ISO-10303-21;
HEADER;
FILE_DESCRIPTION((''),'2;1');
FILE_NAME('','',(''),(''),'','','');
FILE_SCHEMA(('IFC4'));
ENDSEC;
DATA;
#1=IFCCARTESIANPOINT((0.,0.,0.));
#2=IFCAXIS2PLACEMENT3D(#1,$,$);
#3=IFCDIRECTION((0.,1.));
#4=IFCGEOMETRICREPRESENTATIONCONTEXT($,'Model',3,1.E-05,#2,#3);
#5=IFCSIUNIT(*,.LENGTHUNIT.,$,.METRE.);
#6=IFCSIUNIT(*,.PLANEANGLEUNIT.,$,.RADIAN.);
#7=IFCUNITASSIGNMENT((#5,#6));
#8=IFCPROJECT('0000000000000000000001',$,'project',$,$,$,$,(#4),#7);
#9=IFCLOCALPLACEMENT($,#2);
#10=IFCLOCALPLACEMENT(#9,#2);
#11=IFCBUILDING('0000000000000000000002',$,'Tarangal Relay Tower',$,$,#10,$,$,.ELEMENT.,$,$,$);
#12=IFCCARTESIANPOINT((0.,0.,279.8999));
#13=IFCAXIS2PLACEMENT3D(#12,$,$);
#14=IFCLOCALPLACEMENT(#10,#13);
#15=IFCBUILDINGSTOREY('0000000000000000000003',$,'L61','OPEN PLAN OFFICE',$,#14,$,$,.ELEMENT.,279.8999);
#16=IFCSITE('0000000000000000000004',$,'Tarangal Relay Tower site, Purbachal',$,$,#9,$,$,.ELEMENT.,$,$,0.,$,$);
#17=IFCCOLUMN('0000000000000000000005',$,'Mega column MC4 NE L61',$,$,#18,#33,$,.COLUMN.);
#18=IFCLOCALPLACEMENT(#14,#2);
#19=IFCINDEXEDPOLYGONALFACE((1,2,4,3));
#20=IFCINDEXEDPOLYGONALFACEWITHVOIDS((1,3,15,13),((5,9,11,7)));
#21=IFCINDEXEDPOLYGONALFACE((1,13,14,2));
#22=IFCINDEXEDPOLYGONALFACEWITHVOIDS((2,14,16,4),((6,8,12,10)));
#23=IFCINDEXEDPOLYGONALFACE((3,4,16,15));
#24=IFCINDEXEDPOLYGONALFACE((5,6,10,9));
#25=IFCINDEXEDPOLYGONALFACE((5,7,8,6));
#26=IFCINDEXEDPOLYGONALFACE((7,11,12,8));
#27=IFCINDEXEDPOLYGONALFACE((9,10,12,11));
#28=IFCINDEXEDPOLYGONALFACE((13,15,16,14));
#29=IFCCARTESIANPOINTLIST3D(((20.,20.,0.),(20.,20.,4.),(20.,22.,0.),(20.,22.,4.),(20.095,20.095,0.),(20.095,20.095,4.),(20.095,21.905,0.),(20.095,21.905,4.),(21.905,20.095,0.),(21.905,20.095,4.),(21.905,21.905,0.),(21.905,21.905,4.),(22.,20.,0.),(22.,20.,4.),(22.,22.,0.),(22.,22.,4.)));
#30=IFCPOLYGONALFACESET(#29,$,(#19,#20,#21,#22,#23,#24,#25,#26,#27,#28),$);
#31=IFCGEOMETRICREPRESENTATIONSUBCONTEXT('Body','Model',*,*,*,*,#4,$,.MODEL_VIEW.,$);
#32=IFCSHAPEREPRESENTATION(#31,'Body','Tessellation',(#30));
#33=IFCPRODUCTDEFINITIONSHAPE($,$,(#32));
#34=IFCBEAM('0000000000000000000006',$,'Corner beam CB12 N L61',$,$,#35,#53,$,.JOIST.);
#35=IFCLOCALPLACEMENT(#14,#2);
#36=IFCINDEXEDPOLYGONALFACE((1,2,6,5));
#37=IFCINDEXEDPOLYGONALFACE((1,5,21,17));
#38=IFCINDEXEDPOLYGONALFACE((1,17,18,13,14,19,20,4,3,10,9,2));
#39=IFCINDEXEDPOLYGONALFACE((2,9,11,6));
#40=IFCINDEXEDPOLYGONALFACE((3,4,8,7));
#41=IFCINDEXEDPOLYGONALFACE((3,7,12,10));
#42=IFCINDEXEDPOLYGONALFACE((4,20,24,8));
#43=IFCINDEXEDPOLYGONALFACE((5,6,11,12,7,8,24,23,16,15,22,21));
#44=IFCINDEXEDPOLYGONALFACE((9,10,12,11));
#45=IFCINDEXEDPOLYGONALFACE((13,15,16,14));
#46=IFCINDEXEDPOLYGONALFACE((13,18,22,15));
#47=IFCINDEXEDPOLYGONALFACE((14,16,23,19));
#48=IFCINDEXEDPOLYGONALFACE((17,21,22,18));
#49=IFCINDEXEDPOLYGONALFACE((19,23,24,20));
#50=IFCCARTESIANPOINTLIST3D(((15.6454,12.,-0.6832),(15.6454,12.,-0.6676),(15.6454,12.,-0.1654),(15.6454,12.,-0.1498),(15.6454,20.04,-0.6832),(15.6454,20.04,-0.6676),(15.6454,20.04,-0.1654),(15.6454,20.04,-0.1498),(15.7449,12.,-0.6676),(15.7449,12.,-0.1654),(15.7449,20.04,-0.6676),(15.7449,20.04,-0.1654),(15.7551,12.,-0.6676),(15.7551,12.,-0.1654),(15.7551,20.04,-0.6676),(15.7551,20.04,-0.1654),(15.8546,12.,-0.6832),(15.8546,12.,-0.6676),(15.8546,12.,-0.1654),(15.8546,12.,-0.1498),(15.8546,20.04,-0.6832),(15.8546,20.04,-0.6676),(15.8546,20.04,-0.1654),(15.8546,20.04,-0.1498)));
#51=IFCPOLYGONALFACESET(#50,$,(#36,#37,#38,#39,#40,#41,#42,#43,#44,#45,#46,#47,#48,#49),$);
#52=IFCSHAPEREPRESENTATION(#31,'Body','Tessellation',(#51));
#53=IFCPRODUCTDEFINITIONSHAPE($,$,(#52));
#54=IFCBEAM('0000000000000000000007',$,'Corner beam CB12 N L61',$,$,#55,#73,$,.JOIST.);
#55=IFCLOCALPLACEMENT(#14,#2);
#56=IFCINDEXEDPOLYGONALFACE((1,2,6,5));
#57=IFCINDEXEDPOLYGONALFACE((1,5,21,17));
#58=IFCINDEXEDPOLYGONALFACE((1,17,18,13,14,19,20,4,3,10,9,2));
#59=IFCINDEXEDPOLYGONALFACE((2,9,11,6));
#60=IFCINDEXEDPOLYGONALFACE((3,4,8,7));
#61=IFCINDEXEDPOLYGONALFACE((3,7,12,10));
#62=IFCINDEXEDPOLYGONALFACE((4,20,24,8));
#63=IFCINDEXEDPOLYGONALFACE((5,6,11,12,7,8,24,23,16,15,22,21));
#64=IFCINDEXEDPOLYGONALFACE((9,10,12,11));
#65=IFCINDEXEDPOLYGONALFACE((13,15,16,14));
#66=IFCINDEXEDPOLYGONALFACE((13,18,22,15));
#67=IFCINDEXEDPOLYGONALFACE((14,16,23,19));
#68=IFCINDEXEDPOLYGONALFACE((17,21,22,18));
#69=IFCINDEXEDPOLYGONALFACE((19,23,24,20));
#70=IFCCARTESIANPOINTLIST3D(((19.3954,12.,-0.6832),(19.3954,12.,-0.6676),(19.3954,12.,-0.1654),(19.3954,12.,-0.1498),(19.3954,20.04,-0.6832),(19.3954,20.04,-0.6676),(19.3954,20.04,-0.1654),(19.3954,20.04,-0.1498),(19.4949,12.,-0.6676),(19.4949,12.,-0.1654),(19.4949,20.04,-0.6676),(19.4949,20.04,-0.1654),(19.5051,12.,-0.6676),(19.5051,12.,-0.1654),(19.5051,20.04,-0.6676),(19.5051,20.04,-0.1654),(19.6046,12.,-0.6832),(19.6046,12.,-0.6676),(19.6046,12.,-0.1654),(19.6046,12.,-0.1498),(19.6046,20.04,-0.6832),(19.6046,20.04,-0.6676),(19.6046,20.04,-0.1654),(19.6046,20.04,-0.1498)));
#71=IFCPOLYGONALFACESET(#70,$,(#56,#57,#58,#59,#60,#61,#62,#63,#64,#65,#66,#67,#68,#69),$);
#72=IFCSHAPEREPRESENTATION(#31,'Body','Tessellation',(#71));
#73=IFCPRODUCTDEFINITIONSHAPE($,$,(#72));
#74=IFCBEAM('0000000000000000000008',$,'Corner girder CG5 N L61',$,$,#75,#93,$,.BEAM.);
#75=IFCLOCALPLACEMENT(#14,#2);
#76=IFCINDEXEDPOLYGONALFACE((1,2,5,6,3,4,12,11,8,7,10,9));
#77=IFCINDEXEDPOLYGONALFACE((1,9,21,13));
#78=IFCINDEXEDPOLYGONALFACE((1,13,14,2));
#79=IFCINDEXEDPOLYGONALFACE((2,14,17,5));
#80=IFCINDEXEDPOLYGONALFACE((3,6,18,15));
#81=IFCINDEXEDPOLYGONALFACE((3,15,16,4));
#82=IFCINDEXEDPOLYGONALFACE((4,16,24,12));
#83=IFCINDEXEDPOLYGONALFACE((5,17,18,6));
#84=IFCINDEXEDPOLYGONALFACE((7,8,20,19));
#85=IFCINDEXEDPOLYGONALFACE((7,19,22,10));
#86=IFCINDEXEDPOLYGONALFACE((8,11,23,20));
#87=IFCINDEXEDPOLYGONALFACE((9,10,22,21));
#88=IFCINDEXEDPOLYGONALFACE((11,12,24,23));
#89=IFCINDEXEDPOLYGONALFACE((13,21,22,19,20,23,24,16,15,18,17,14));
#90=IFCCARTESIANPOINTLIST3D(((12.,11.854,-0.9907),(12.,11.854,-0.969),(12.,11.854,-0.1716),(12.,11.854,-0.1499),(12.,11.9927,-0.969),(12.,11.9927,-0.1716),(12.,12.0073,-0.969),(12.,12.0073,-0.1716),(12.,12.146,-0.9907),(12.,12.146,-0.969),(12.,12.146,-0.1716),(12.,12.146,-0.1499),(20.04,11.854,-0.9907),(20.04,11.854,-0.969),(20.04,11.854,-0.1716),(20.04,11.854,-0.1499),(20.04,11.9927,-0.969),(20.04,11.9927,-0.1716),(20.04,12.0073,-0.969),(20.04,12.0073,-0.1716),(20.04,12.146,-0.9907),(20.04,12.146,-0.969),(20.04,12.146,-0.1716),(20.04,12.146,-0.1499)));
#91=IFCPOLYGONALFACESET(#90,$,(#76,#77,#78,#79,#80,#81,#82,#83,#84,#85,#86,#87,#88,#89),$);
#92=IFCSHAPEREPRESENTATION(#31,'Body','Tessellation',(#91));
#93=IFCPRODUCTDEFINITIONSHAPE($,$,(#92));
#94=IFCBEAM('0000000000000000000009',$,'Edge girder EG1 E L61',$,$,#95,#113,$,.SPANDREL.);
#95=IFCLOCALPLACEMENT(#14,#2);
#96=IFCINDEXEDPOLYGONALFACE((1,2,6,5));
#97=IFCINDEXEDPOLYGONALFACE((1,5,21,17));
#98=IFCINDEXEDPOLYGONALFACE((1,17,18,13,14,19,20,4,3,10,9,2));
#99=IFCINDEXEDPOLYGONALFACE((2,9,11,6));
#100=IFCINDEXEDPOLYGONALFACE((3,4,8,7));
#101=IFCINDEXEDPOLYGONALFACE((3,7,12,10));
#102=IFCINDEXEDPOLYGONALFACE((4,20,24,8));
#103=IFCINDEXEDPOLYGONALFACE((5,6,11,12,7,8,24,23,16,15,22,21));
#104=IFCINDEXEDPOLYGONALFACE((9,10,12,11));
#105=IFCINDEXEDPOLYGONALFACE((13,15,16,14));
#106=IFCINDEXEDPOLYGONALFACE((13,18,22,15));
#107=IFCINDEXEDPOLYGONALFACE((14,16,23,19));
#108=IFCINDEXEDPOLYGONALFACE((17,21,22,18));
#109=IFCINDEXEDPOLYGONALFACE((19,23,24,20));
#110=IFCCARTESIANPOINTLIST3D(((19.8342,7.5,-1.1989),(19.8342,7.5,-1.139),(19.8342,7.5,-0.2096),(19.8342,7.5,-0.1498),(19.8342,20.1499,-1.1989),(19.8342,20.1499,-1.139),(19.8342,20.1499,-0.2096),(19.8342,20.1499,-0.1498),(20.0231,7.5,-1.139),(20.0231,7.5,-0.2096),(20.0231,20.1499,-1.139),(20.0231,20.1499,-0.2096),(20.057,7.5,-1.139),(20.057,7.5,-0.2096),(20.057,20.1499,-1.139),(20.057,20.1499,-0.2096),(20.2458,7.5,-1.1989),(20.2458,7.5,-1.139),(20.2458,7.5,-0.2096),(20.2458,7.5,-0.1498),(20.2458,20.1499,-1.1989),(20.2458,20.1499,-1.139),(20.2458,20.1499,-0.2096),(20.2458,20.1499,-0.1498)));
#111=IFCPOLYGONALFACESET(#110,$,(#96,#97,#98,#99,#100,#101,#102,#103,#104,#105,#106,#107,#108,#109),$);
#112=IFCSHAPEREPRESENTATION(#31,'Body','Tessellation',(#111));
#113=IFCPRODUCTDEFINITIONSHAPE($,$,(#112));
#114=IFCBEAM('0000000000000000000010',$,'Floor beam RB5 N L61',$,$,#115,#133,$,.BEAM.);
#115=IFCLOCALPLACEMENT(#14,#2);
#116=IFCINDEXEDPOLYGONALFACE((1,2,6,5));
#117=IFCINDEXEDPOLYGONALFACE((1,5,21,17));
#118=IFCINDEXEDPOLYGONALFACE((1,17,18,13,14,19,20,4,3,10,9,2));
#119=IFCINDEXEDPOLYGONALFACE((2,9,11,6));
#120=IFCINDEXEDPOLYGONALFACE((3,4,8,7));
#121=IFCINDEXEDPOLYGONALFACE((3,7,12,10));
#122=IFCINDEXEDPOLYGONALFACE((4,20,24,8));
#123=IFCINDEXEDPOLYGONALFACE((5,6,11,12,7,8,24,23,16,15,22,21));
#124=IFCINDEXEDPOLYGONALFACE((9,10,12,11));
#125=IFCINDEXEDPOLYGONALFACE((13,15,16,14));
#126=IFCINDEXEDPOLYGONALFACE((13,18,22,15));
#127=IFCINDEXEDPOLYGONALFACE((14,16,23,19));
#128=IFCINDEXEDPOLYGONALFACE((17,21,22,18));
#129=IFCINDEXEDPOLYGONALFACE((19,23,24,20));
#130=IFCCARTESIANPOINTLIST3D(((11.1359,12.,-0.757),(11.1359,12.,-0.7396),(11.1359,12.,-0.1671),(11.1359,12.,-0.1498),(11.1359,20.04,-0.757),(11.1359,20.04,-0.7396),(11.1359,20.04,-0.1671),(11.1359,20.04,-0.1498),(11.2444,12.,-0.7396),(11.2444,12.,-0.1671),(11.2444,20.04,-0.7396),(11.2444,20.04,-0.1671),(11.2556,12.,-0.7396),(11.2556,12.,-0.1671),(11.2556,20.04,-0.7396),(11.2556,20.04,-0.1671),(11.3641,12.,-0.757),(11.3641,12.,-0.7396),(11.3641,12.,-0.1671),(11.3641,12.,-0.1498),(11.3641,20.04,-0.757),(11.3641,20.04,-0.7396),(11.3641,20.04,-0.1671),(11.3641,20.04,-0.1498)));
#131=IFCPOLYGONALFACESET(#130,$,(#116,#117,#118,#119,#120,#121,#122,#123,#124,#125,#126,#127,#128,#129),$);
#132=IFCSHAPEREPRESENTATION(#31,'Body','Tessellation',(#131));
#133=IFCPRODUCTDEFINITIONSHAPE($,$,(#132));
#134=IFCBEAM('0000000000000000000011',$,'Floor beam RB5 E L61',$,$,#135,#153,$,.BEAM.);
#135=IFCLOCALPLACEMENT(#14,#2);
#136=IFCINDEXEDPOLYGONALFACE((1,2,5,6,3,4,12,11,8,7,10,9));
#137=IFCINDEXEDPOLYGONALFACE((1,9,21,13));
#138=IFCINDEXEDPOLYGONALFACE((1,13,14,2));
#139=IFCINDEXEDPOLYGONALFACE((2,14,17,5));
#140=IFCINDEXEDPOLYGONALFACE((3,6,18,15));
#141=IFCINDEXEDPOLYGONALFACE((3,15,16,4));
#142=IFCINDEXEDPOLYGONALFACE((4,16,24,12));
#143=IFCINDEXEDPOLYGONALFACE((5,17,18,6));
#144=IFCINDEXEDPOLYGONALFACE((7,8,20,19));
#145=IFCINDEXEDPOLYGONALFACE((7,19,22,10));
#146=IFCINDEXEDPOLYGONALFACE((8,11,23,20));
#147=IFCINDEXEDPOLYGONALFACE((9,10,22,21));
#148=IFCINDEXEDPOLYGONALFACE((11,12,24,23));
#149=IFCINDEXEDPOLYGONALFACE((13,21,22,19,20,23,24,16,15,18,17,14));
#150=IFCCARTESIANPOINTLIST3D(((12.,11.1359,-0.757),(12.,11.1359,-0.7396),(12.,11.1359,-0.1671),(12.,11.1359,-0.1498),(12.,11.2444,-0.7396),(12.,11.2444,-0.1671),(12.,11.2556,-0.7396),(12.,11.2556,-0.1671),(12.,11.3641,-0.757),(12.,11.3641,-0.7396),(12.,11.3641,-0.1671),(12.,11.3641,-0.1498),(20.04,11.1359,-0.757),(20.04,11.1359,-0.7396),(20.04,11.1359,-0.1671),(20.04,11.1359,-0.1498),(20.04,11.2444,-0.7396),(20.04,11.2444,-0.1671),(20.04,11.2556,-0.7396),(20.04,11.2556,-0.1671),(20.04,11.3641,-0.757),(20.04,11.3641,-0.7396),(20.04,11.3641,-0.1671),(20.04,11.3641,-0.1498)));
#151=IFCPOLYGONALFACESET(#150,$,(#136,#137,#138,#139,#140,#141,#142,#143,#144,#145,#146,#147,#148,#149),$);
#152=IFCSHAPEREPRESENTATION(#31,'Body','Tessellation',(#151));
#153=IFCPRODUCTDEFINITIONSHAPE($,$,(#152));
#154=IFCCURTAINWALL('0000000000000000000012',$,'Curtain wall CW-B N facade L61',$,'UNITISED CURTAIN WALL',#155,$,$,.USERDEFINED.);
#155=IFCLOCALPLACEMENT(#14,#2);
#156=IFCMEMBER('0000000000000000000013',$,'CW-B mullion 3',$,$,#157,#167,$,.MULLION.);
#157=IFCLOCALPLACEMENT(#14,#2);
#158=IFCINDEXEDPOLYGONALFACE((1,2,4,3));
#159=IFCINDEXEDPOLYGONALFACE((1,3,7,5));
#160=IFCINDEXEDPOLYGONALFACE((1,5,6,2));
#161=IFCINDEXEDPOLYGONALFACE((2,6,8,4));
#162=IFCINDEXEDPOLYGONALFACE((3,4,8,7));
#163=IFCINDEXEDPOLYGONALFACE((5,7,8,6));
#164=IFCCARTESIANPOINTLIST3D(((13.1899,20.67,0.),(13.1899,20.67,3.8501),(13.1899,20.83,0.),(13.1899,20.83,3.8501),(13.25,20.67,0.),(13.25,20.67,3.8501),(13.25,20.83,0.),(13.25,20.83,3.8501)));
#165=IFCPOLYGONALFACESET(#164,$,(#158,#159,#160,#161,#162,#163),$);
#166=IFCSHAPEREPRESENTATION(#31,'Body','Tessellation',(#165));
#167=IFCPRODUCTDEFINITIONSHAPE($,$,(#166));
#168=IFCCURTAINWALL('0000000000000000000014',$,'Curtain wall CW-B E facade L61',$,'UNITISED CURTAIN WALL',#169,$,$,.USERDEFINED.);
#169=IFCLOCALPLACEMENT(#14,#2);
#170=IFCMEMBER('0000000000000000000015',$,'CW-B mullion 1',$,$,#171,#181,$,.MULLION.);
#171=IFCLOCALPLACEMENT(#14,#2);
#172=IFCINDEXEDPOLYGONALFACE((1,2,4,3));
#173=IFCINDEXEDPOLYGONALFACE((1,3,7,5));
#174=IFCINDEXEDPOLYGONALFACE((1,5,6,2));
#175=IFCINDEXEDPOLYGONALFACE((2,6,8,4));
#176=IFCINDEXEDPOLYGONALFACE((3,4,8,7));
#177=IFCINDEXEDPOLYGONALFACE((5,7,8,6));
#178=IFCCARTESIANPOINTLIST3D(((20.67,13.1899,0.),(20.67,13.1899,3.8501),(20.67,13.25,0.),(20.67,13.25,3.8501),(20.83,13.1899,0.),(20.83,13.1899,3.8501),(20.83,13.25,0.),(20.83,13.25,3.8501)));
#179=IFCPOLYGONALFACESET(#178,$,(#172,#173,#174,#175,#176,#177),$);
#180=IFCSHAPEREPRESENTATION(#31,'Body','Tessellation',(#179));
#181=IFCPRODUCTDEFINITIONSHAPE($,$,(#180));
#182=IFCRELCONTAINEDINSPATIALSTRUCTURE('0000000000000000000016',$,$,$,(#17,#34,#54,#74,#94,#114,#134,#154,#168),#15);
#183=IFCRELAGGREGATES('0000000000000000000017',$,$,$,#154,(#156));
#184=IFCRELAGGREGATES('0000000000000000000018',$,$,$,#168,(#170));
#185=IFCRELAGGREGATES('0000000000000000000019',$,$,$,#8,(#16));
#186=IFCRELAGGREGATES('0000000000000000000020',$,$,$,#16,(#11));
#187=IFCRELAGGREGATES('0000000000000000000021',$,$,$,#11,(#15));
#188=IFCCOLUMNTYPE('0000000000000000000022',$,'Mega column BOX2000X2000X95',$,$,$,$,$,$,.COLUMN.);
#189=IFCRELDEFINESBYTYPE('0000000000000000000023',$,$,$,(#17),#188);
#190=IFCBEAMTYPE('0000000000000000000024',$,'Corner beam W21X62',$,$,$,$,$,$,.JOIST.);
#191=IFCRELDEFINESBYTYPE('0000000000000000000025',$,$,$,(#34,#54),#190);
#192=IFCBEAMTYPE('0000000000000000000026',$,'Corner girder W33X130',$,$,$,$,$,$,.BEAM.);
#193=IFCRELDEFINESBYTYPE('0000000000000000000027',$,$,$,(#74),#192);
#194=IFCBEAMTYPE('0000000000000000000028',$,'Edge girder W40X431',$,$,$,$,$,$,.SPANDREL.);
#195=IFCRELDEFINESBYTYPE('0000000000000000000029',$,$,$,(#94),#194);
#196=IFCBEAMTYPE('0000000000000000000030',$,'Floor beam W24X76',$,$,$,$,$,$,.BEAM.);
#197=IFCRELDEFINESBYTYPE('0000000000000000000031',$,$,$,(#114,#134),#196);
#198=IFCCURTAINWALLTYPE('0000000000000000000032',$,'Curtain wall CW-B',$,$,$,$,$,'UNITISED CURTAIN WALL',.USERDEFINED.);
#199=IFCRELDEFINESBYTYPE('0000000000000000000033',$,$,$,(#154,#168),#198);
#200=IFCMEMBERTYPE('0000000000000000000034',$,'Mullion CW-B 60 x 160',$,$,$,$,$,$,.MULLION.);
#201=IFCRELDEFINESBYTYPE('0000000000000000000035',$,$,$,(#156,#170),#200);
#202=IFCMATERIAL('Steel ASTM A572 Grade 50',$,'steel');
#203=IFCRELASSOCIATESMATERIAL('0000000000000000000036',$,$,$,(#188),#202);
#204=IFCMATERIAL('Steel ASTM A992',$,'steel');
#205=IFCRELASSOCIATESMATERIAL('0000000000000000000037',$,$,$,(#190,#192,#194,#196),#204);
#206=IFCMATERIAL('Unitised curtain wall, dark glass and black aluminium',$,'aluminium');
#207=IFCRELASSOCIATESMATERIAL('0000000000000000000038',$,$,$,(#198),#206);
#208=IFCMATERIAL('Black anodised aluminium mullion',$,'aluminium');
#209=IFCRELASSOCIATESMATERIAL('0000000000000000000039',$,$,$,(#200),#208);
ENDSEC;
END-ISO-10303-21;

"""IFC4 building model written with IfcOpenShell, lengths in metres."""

from ifc_helpers import new_model, si_unit, direction, frame, origin, origin_2d, place, context, subcontext, project, spatial, rectangle, hollow_rectangle, i_section, extrude, material, material_profile, profile_set, type_object, element, aggregate, save


model = new_model("IFC4")

# Units and contexts
model_context = context("Model", 3, precision=1e-05, world=origin(), true_north=direction((0.0, 1.0)))
body_context = subcontext(model_context, "Body", "Model", "MODEL_VIEW")
ifc_project = project(units=[si_unit("LENGTHUNIT", "METRE"), si_unit("PLANEANGLEUNIT", "RADIAN")], contexts=[model_context])

# Site, building, storey
site_placement = place(None, origin())
site = spatial("IfcSite", under=ifc_project, at=site_placement, Name="Tarangal Relay Tower site, Purbachal", CompositionType="ELEMENT", RefElevation=0.0)
building_placement = place(site_placement, origin())
building = spatial("IfcBuilding", under=site, at=building_placement, Name="Tarangal Relay Tower", CompositionType="ELEMENT")
storey_placement = place(building_placement, frame((0.0, 0.0, 279.8999)))
storey = spatial("IfcBuildingStorey", under=building, at=storey_placement, Name="L61", Description="OPEN PLAN OFFICE", CompositionType="ELEMENT", Elevation=279.8999)

# Column
ifc_material_1 = material(Name="Steel ASTM A572 Grade 50", Category="steel")
ifc_material_profile_1 = material_profile(ifc_material_1, hollow_rectangle(XDim=2.0, YDim=2.0, WallThickness=0.095, at=origin_2d()), Name="BOX2000X2000X95")
ifc_profile_set_1 = profile_set([ifc_material_profile_1], Name="Steel ASTM A572 Grade 50")
column_type = type_object("IfcColumnType", Name="Mega column BOX2000X2000X95", PredefinedType="COLUMN", material=ifc_profile_set_1)
column_placement = place(storey_placement, frame((21.0, 21.0, 0.0), z_axis=(0.0, 0.0, 1.0), x_axis=(1.0, 0.0, 0.0)))
element("IfcColumn", 1, at=column_placement, inside=storey, type_object=column_type, Name="Mega column MC4 NE L61", PredefinedType="COLUMN", context=body_context, shape_type="SweptSolid", body=[
    extrude(hollow_rectangle(XDim=2.0, YDim=2.0, WallThickness=0.095, at=origin_2d()), origin(), (0.0, 0.0, 1.0), 4.0),
])

# Beams
ifc_material_2 = material(Name="Steel ASTM A992", Category="steel")
ifc_material_profile_2 = material_profile(ifc_material_2, i_section(OverallWidth=0.2092, OverallDepth=0.5334, WebThickness=0.0103, FlangeThickness=0.0156, at=origin_2d()), Name="W21X62")
ifc_profile_set_2 = profile_set([ifc_material_profile_2], Name="Steel ASTM A992")
beam_type_1 = type_object("IfcBeamType", Name="Corner beam W21X62", PredefinedType="JOIST", material=ifc_profile_set_2)
for number, where, z_axis, x_axis, name in (
    (2, (15.75, 12.0, -0.4165), (0.0, 1.0, 0.0), (-1.0, 0.0, 0.0), "Corner beam CB12 N L61"),
    (3, (19.5, 12.0, -0.4165), (0.0, 1.0, 0.0), (-1.0, 0.0, 0.0), "Corner beam CB12 N L61"),
):
    element("IfcBeam", number, at=place(storey_placement, frame(where, z_axis=z_axis, x_axis=x_axis)), inside=storey, type_object=beam_type_1, Name=name, PredefinedType="JOIST", context=body_context, shape_type="SweptSolid", body=[
        extrude(i_section(OverallWidth=0.2092, OverallDepth=0.5334, WebThickness=0.0103, FlangeThickness=0.0156, at=origin_2d()), origin(), (0.0, 0.0, 1.0), 8.04),
    ])
ifc_material_profile_3 = material_profile(ifc_material_2, i_section(OverallWidth=0.292, OverallDepth=0.8408, WebThickness=0.0146, FlangeThickness=0.0217, at=origin_2d()), Name="W33X130")
ifc_profile_set_3 = profile_set([ifc_material_profile_3], Name="Steel ASTM A992")
beam_type_2 = type_object("IfcBeamType", Name="Corner girder W33X130", PredefinedType="BEAM", material=ifc_profile_set_3)
beam_1_placement = place(storey_placement, frame((12.0, 12.0, -0.5703), z_axis=(1.0, 0.0, 0.0), x_axis=(0.0, 1.0, 0.0)))
element("IfcBeam", 4, at=beam_1_placement, inside=storey, type_object=beam_type_2, Name="Corner girder CG5 N L61", PredefinedType="BEAM", context=body_context, shape_type="SweptSolid", body=[
    extrude(i_section(OverallWidth=0.292, OverallDepth=0.8408, WebThickness=0.0146, FlangeThickness=0.0217, at=origin_2d()), origin(), (0.0, 0.0, 1.0), 8.04),
])
ifc_material_profile_4 = material_profile(ifc_material_2, i_section(OverallWidth=0.4116, OverallDepth=1.0491, WebThickness=0.0339, FlangeThickness=0.0598, at=origin_2d()), Name="W40X431")
ifc_profile_set_4 = profile_set([ifc_material_profile_4], Name="Steel ASTM A992")
beam_type_3 = type_object("IfcBeamType", Name="Edge girder W40X431", PredefinedType="SPANDREL", material=ifc_profile_set_4)
beam_2_placement = place(storey_placement, frame((20.04, 20.1499, -0.6743), z_axis=(0.0, -1.0, 0.0), x_axis=(1.0, 0.0, 0.0)))
element("IfcBeam", 5, at=beam_2_placement, inside=storey, type_object=beam_type_3, Name="Edge girder EG1 E L61", PredefinedType="SPANDREL", context=body_context, shape_type="SweptSolid", body=[
    extrude(i_section(OverallWidth=0.4116, OverallDepth=1.0491, WebThickness=0.0339, FlangeThickness=0.0598, at=origin_2d()), origin(), (0.0, 0.0, 1.0), 12.6499),
])
ifc_material_profile_5 = material_profile(ifc_material_2, i_section(OverallWidth=0.2283, OverallDepth=0.6072, WebThickness=0.0112, FlangeThickness=0.0173, at=origin_2d()), Name="W24X76")
ifc_profile_set_5 = profile_set([ifc_material_profile_5], Name="Steel ASTM A992")
beam_type_4 = type_object("IfcBeamType", Name="Floor beam W24X76", PredefinedType="BEAM", material=ifc_profile_set_5)
for number, where, z_axis, x_axis, name in (
    (6, (11.25, 12.0, -0.4534), (0.0, 1.0, 0.0), (-1.0, 0.0, 0.0), "Floor beam RB5 N L61"),
    (7, (12.0, 11.25, -0.4534), (1.0, 0.0, 0.0), (0.0, 1.0, 0.0), "Floor beam RB5 E L61"),
):
    element("IfcBeam", number, at=place(storey_placement, frame(where, z_axis=z_axis, x_axis=x_axis)), inside=storey, type_object=beam_type_4, Name=name, PredefinedType="BEAM", context=body_context, shape_type="SweptSolid", body=[
        extrude(i_section(OverallWidth=0.2283, OverallDepth=0.6072, WebThickness=0.0112, FlangeThickness=0.0173, at=origin_2d()), origin(), (0.0, 0.0, 1.0), 8.04),
    ])

# Curtain wall, member
ifc_material_3 = material(Name="Unitised curtain wall, dark glass and black aluminium", Category="aluminium")
curtain_wall_type = type_object("IfcCurtainWallType", Name="Curtain wall CW-B", ElementType="UNITISED CURTAIN WALL", PredefinedType="USERDEFINED", material=ifc_material_3)
curtain_wall_1_placement = place(storey_placement, origin())
curtain_wall_1 = element("IfcCurtainWall", 8, at=curtain_wall_1_placement, inside=storey, type_object=curtain_wall_type, Name="Curtain wall CW-B N facade L61", ObjectType="UNITISED CURTAIN WALL", PredefinedType="USERDEFINED")
ifc_material_4 = material(Name="Black anodised aluminium mullion", Category="aluminium")
ifc_material_profile_6 = material_profile(ifc_material_4, rectangle(XDim=0.1599, YDim=0.0601, at=origin_2d()), Name="CW-BM 60X160")
ifc_profile_set_6 = profile_set([ifc_material_profile_6], Name="Black anodised aluminium mullion")
member_type_1 = type_object("IfcMemberType", Name="Mullion CW-B 60 x 160", PredefinedType="MULLION", material=ifc_profile_set_6)
member_1_placement = place(storey_placement, frame((13.22, 20.75, 0.0), z_axis=(0.0, 0.0, 1.0), x_axis=(0.0, 1.0, 0.0)))
member_1 = element("IfcMember", 9, at=member_1_placement, type_object=member_type_1, Name="CW-B mullion 3", PredefinedType="MULLION", context=body_context, shape_type="SweptSolid", body=[
    extrude(rectangle(XDim=0.1599, YDim=0.0601, at=origin_2d()), origin(), (0.0, 0.0, 1.0), 3.8501),
])

# Curtain wall, member
curtain_wall_2_placement = place(storey_placement, origin())
curtain_wall_2 = element("IfcCurtainWall", 10, at=curtain_wall_2_placement, inside=storey, type_object=curtain_wall_type, Name="Curtain wall CW-B E facade L61", ObjectType="UNITISED CURTAIN WALL", PredefinedType="USERDEFINED")
member_2_placement = place(storey_placement, frame((20.75, 13.22, 0.0), z_axis=(0.0, 0.0, 1.0), x_axis=(1.0, 0.0, 0.0)))
member_2 = element("IfcMember", 11, at=member_2_placement, type_object=member_type_1, Name="CW-B mullion 1", PredefinedType="MULLION", context=body_context, shape_type="SweptSolid", body=[
    extrude(rectangle(XDim=0.1599, YDim=0.0601, at=origin_2d()), origin(), (0.0, 0.0, 1.0), 3.8501),
])

aggregate(curtain_wall_1, [member_1])
aggregate(curtain_wall_2, [member_2])

save(model, "model.ifc")
